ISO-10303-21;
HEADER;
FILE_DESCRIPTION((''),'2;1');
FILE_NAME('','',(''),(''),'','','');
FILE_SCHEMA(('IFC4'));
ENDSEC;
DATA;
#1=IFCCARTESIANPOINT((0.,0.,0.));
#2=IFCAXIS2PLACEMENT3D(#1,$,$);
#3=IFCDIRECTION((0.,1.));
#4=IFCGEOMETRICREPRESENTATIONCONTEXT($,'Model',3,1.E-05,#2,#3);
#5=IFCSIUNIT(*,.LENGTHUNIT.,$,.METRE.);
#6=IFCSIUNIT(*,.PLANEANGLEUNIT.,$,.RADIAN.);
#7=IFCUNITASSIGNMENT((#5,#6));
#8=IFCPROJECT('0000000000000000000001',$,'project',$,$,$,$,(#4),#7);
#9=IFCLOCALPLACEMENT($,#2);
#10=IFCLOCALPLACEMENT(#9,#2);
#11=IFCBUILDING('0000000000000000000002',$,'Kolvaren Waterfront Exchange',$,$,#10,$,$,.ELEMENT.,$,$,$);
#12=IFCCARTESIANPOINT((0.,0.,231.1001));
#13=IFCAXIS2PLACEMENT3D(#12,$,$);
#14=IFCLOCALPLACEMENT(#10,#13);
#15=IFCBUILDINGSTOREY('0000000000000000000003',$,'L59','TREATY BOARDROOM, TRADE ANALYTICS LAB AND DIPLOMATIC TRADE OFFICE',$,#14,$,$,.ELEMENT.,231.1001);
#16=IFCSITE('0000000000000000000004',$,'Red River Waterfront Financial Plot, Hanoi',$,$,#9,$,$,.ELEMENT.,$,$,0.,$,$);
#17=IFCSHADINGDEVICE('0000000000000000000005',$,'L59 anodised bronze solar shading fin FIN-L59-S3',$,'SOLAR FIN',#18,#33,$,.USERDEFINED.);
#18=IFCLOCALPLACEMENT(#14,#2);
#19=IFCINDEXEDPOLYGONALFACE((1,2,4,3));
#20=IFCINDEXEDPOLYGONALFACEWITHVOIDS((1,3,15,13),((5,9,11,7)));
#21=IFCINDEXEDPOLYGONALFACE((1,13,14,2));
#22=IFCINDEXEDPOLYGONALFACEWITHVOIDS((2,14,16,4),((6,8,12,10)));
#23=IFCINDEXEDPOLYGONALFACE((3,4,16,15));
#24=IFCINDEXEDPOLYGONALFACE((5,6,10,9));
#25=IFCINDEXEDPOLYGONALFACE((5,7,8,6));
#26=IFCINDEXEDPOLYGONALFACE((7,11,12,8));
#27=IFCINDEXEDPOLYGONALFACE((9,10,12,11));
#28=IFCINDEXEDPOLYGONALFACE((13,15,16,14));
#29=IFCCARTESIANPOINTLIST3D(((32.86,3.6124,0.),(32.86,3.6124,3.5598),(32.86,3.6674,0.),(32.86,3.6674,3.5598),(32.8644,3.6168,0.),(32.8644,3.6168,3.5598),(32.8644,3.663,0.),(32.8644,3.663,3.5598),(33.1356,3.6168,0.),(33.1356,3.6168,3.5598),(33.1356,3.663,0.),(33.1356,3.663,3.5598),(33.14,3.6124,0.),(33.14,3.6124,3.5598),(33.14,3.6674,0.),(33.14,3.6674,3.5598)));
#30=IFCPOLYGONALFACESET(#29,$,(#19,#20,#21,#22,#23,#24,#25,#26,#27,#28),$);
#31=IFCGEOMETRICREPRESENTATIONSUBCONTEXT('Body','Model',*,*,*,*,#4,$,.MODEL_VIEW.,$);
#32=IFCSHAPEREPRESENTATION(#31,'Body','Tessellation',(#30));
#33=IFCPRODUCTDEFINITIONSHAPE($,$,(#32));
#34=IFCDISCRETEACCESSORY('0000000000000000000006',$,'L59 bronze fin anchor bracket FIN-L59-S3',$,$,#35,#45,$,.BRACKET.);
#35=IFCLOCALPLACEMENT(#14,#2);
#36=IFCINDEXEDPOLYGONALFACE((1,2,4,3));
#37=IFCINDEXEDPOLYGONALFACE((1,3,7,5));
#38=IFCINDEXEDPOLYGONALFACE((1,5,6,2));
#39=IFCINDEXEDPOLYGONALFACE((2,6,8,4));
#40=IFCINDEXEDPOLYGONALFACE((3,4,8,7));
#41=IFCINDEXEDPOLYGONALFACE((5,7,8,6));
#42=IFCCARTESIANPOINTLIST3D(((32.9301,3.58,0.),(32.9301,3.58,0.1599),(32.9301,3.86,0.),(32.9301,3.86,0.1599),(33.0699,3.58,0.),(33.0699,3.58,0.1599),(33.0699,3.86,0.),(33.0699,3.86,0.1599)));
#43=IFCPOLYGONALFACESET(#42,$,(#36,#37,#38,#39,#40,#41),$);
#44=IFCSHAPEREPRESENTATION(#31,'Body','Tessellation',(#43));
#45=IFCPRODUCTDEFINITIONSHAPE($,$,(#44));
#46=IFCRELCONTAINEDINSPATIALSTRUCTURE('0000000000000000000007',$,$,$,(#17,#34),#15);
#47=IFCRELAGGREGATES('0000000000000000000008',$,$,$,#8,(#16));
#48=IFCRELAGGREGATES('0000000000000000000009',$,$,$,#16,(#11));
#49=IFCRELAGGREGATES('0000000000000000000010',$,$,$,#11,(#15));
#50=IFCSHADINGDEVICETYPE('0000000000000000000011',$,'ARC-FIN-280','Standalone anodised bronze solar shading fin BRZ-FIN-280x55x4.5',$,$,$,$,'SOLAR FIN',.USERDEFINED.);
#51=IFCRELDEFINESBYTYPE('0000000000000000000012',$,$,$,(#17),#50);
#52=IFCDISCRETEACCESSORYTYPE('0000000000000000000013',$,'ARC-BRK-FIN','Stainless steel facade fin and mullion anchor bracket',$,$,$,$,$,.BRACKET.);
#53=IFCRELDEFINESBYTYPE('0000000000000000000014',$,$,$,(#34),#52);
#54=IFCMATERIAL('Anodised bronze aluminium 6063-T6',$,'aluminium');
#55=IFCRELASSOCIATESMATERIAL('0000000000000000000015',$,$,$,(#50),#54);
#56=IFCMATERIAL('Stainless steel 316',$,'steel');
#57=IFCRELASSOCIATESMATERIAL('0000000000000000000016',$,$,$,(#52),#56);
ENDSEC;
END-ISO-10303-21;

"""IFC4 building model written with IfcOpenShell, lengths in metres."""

from ifc_helpers import new_model, si_unit, direction, frame, origin, origin_with_axes, origin_2d, place, context, subcontext, project, spatial, rectangle, hollow_rectangle, extrude, source, transform, mapped, material, material_profile, profile_set, type_object, element, save


model = new_model("IFC4")

# Units and contexts
model_context = context("Model", 3, precision=1e-05, world=origin(), true_north=direction((0.0, 1.0)))
body_context = subcontext(model_context, "Body", "Model", "MODEL_VIEW")
ifc_project = project(units=[si_unit("LENGTHUNIT", "METRE"), si_unit("PLANEANGLEUNIT", "RADIAN")], contexts=[model_context])

# Site, building, storey
site_placement = place(None, origin())
site = spatial("IfcSite", under=ifc_project, at=site_placement, Name="Red River Waterfront Financial Plot, Hanoi", CompositionType="ELEMENT", RefElevation=0.0)
building_placement = place(site_placement, origin())
building = spatial("IfcBuilding", under=site, at=building_placement, Name="Kolvaren Waterfront Exchange", CompositionType="ELEMENT")
storey_placement = place(building_placement, frame((0.0, 0.0, 231.1001)))
storey = spatial("IfcBuildingStorey", under=building, at=storey_placement, Name="L59", Description="TREATY BOARDROOM, TRADE ANALYTICS LAB AND DIPLOMATIC TRADE OFFICE", CompositionType="ELEMENT", Elevation=231.1001)

# Shared definitions
ifc_material_1 = material(Name="Anodised bronze aluminium 6063-T6", Category="aluminium")

# Shading device
ifc_material_profile_1 = material_profile(ifc_material_1, hollow_rectangle(XDim=0.0549, YDim=0.28, WallThickness=0.0044, at=origin_2d()), Name="BRZ-FIN-280x55x4.5")
ifc_profile_set_1 = profile_set([ifc_material_profile_1], Name="Anodised bronze aluminium 6063-T6")
shading_device_type = type_object("IfcShadingDeviceType", Name="ARC-FIN-280", Description="Standalone anodised bronze solar shading fin BRZ-FIN-280x55x4.5", ElementType="SOLAR FIN", PredefinedType="USERDEFINED", material=ifc_profile_set_1)
shading_device_placement = place(storey_placement, frame((33.0, 3.6399, 0.0), z_axis=(0.0, 0.0, 1.0), x_axis=(0.0, -1.0, 0.0)))
element("IfcShadingDevice", 1, at=shading_device_placement, inside=storey, type_object=shading_device_type, Name="L59 anodised bronze solar shading fin FIN-L59-S3", ObjectType="SOLAR FIN", PredefinedType="USERDEFINED", context=body_context, shape_type="SweptSolid", body=[
    extrude(hollow_rectangle(XDim=0.0549, YDim=0.28, WallThickness=0.0044, at=origin_2d()), origin(), (0.0, 0.0, 1.0), 3.5598),
])

# Discrete accessory
ifc_material_2 = material(Name="Stainless steel 316", Category="steel")
discrete_accessory_type = type_object("IfcDiscreteAccessoryType", Name="ARC-BRK-FIN", Description="Stainless steel facade fin and mullion anchor bracket", PredefinedType="BRACKET", material=ifc_material_2)
shared_shape_1 = source(origin_with_axes(), body_context, "Body", "SweptSolid", [
    extrude(rectangle(XDim=0.28, YDim=0.1399, at=origin_2d()), origin(), (0.0, 0.0, 1.0), 0.1599),
])
discrete_accessory_placement = place(storey_placement, frame((33.0, 3.72, 0.0), z_axis=(0.0, 0.0, 1.0), x_axis=(0.0, -1.0, 0.0)))
element("IfcDiscreteAccessory", 2, at=discrete_accessory_placement, inside=storey, type_object=discrete_accessory_type, Name="L59 bronze fin anchor bracket FIN-L59-S3", PredefinedType="BRACKET", context=body_context, shape_type="MappedRepresentation", body=[
    mapped(shared_shape_1, transform((0.0, 0.0, 0.0), x_axis=(1.0, 0.0, 0.0), y_axis=(0.0, 1.0, 0.0), z_axis=(0.0, 0.0, 1.0), scale=1.0)),
])

save(model, "model.ifc")
